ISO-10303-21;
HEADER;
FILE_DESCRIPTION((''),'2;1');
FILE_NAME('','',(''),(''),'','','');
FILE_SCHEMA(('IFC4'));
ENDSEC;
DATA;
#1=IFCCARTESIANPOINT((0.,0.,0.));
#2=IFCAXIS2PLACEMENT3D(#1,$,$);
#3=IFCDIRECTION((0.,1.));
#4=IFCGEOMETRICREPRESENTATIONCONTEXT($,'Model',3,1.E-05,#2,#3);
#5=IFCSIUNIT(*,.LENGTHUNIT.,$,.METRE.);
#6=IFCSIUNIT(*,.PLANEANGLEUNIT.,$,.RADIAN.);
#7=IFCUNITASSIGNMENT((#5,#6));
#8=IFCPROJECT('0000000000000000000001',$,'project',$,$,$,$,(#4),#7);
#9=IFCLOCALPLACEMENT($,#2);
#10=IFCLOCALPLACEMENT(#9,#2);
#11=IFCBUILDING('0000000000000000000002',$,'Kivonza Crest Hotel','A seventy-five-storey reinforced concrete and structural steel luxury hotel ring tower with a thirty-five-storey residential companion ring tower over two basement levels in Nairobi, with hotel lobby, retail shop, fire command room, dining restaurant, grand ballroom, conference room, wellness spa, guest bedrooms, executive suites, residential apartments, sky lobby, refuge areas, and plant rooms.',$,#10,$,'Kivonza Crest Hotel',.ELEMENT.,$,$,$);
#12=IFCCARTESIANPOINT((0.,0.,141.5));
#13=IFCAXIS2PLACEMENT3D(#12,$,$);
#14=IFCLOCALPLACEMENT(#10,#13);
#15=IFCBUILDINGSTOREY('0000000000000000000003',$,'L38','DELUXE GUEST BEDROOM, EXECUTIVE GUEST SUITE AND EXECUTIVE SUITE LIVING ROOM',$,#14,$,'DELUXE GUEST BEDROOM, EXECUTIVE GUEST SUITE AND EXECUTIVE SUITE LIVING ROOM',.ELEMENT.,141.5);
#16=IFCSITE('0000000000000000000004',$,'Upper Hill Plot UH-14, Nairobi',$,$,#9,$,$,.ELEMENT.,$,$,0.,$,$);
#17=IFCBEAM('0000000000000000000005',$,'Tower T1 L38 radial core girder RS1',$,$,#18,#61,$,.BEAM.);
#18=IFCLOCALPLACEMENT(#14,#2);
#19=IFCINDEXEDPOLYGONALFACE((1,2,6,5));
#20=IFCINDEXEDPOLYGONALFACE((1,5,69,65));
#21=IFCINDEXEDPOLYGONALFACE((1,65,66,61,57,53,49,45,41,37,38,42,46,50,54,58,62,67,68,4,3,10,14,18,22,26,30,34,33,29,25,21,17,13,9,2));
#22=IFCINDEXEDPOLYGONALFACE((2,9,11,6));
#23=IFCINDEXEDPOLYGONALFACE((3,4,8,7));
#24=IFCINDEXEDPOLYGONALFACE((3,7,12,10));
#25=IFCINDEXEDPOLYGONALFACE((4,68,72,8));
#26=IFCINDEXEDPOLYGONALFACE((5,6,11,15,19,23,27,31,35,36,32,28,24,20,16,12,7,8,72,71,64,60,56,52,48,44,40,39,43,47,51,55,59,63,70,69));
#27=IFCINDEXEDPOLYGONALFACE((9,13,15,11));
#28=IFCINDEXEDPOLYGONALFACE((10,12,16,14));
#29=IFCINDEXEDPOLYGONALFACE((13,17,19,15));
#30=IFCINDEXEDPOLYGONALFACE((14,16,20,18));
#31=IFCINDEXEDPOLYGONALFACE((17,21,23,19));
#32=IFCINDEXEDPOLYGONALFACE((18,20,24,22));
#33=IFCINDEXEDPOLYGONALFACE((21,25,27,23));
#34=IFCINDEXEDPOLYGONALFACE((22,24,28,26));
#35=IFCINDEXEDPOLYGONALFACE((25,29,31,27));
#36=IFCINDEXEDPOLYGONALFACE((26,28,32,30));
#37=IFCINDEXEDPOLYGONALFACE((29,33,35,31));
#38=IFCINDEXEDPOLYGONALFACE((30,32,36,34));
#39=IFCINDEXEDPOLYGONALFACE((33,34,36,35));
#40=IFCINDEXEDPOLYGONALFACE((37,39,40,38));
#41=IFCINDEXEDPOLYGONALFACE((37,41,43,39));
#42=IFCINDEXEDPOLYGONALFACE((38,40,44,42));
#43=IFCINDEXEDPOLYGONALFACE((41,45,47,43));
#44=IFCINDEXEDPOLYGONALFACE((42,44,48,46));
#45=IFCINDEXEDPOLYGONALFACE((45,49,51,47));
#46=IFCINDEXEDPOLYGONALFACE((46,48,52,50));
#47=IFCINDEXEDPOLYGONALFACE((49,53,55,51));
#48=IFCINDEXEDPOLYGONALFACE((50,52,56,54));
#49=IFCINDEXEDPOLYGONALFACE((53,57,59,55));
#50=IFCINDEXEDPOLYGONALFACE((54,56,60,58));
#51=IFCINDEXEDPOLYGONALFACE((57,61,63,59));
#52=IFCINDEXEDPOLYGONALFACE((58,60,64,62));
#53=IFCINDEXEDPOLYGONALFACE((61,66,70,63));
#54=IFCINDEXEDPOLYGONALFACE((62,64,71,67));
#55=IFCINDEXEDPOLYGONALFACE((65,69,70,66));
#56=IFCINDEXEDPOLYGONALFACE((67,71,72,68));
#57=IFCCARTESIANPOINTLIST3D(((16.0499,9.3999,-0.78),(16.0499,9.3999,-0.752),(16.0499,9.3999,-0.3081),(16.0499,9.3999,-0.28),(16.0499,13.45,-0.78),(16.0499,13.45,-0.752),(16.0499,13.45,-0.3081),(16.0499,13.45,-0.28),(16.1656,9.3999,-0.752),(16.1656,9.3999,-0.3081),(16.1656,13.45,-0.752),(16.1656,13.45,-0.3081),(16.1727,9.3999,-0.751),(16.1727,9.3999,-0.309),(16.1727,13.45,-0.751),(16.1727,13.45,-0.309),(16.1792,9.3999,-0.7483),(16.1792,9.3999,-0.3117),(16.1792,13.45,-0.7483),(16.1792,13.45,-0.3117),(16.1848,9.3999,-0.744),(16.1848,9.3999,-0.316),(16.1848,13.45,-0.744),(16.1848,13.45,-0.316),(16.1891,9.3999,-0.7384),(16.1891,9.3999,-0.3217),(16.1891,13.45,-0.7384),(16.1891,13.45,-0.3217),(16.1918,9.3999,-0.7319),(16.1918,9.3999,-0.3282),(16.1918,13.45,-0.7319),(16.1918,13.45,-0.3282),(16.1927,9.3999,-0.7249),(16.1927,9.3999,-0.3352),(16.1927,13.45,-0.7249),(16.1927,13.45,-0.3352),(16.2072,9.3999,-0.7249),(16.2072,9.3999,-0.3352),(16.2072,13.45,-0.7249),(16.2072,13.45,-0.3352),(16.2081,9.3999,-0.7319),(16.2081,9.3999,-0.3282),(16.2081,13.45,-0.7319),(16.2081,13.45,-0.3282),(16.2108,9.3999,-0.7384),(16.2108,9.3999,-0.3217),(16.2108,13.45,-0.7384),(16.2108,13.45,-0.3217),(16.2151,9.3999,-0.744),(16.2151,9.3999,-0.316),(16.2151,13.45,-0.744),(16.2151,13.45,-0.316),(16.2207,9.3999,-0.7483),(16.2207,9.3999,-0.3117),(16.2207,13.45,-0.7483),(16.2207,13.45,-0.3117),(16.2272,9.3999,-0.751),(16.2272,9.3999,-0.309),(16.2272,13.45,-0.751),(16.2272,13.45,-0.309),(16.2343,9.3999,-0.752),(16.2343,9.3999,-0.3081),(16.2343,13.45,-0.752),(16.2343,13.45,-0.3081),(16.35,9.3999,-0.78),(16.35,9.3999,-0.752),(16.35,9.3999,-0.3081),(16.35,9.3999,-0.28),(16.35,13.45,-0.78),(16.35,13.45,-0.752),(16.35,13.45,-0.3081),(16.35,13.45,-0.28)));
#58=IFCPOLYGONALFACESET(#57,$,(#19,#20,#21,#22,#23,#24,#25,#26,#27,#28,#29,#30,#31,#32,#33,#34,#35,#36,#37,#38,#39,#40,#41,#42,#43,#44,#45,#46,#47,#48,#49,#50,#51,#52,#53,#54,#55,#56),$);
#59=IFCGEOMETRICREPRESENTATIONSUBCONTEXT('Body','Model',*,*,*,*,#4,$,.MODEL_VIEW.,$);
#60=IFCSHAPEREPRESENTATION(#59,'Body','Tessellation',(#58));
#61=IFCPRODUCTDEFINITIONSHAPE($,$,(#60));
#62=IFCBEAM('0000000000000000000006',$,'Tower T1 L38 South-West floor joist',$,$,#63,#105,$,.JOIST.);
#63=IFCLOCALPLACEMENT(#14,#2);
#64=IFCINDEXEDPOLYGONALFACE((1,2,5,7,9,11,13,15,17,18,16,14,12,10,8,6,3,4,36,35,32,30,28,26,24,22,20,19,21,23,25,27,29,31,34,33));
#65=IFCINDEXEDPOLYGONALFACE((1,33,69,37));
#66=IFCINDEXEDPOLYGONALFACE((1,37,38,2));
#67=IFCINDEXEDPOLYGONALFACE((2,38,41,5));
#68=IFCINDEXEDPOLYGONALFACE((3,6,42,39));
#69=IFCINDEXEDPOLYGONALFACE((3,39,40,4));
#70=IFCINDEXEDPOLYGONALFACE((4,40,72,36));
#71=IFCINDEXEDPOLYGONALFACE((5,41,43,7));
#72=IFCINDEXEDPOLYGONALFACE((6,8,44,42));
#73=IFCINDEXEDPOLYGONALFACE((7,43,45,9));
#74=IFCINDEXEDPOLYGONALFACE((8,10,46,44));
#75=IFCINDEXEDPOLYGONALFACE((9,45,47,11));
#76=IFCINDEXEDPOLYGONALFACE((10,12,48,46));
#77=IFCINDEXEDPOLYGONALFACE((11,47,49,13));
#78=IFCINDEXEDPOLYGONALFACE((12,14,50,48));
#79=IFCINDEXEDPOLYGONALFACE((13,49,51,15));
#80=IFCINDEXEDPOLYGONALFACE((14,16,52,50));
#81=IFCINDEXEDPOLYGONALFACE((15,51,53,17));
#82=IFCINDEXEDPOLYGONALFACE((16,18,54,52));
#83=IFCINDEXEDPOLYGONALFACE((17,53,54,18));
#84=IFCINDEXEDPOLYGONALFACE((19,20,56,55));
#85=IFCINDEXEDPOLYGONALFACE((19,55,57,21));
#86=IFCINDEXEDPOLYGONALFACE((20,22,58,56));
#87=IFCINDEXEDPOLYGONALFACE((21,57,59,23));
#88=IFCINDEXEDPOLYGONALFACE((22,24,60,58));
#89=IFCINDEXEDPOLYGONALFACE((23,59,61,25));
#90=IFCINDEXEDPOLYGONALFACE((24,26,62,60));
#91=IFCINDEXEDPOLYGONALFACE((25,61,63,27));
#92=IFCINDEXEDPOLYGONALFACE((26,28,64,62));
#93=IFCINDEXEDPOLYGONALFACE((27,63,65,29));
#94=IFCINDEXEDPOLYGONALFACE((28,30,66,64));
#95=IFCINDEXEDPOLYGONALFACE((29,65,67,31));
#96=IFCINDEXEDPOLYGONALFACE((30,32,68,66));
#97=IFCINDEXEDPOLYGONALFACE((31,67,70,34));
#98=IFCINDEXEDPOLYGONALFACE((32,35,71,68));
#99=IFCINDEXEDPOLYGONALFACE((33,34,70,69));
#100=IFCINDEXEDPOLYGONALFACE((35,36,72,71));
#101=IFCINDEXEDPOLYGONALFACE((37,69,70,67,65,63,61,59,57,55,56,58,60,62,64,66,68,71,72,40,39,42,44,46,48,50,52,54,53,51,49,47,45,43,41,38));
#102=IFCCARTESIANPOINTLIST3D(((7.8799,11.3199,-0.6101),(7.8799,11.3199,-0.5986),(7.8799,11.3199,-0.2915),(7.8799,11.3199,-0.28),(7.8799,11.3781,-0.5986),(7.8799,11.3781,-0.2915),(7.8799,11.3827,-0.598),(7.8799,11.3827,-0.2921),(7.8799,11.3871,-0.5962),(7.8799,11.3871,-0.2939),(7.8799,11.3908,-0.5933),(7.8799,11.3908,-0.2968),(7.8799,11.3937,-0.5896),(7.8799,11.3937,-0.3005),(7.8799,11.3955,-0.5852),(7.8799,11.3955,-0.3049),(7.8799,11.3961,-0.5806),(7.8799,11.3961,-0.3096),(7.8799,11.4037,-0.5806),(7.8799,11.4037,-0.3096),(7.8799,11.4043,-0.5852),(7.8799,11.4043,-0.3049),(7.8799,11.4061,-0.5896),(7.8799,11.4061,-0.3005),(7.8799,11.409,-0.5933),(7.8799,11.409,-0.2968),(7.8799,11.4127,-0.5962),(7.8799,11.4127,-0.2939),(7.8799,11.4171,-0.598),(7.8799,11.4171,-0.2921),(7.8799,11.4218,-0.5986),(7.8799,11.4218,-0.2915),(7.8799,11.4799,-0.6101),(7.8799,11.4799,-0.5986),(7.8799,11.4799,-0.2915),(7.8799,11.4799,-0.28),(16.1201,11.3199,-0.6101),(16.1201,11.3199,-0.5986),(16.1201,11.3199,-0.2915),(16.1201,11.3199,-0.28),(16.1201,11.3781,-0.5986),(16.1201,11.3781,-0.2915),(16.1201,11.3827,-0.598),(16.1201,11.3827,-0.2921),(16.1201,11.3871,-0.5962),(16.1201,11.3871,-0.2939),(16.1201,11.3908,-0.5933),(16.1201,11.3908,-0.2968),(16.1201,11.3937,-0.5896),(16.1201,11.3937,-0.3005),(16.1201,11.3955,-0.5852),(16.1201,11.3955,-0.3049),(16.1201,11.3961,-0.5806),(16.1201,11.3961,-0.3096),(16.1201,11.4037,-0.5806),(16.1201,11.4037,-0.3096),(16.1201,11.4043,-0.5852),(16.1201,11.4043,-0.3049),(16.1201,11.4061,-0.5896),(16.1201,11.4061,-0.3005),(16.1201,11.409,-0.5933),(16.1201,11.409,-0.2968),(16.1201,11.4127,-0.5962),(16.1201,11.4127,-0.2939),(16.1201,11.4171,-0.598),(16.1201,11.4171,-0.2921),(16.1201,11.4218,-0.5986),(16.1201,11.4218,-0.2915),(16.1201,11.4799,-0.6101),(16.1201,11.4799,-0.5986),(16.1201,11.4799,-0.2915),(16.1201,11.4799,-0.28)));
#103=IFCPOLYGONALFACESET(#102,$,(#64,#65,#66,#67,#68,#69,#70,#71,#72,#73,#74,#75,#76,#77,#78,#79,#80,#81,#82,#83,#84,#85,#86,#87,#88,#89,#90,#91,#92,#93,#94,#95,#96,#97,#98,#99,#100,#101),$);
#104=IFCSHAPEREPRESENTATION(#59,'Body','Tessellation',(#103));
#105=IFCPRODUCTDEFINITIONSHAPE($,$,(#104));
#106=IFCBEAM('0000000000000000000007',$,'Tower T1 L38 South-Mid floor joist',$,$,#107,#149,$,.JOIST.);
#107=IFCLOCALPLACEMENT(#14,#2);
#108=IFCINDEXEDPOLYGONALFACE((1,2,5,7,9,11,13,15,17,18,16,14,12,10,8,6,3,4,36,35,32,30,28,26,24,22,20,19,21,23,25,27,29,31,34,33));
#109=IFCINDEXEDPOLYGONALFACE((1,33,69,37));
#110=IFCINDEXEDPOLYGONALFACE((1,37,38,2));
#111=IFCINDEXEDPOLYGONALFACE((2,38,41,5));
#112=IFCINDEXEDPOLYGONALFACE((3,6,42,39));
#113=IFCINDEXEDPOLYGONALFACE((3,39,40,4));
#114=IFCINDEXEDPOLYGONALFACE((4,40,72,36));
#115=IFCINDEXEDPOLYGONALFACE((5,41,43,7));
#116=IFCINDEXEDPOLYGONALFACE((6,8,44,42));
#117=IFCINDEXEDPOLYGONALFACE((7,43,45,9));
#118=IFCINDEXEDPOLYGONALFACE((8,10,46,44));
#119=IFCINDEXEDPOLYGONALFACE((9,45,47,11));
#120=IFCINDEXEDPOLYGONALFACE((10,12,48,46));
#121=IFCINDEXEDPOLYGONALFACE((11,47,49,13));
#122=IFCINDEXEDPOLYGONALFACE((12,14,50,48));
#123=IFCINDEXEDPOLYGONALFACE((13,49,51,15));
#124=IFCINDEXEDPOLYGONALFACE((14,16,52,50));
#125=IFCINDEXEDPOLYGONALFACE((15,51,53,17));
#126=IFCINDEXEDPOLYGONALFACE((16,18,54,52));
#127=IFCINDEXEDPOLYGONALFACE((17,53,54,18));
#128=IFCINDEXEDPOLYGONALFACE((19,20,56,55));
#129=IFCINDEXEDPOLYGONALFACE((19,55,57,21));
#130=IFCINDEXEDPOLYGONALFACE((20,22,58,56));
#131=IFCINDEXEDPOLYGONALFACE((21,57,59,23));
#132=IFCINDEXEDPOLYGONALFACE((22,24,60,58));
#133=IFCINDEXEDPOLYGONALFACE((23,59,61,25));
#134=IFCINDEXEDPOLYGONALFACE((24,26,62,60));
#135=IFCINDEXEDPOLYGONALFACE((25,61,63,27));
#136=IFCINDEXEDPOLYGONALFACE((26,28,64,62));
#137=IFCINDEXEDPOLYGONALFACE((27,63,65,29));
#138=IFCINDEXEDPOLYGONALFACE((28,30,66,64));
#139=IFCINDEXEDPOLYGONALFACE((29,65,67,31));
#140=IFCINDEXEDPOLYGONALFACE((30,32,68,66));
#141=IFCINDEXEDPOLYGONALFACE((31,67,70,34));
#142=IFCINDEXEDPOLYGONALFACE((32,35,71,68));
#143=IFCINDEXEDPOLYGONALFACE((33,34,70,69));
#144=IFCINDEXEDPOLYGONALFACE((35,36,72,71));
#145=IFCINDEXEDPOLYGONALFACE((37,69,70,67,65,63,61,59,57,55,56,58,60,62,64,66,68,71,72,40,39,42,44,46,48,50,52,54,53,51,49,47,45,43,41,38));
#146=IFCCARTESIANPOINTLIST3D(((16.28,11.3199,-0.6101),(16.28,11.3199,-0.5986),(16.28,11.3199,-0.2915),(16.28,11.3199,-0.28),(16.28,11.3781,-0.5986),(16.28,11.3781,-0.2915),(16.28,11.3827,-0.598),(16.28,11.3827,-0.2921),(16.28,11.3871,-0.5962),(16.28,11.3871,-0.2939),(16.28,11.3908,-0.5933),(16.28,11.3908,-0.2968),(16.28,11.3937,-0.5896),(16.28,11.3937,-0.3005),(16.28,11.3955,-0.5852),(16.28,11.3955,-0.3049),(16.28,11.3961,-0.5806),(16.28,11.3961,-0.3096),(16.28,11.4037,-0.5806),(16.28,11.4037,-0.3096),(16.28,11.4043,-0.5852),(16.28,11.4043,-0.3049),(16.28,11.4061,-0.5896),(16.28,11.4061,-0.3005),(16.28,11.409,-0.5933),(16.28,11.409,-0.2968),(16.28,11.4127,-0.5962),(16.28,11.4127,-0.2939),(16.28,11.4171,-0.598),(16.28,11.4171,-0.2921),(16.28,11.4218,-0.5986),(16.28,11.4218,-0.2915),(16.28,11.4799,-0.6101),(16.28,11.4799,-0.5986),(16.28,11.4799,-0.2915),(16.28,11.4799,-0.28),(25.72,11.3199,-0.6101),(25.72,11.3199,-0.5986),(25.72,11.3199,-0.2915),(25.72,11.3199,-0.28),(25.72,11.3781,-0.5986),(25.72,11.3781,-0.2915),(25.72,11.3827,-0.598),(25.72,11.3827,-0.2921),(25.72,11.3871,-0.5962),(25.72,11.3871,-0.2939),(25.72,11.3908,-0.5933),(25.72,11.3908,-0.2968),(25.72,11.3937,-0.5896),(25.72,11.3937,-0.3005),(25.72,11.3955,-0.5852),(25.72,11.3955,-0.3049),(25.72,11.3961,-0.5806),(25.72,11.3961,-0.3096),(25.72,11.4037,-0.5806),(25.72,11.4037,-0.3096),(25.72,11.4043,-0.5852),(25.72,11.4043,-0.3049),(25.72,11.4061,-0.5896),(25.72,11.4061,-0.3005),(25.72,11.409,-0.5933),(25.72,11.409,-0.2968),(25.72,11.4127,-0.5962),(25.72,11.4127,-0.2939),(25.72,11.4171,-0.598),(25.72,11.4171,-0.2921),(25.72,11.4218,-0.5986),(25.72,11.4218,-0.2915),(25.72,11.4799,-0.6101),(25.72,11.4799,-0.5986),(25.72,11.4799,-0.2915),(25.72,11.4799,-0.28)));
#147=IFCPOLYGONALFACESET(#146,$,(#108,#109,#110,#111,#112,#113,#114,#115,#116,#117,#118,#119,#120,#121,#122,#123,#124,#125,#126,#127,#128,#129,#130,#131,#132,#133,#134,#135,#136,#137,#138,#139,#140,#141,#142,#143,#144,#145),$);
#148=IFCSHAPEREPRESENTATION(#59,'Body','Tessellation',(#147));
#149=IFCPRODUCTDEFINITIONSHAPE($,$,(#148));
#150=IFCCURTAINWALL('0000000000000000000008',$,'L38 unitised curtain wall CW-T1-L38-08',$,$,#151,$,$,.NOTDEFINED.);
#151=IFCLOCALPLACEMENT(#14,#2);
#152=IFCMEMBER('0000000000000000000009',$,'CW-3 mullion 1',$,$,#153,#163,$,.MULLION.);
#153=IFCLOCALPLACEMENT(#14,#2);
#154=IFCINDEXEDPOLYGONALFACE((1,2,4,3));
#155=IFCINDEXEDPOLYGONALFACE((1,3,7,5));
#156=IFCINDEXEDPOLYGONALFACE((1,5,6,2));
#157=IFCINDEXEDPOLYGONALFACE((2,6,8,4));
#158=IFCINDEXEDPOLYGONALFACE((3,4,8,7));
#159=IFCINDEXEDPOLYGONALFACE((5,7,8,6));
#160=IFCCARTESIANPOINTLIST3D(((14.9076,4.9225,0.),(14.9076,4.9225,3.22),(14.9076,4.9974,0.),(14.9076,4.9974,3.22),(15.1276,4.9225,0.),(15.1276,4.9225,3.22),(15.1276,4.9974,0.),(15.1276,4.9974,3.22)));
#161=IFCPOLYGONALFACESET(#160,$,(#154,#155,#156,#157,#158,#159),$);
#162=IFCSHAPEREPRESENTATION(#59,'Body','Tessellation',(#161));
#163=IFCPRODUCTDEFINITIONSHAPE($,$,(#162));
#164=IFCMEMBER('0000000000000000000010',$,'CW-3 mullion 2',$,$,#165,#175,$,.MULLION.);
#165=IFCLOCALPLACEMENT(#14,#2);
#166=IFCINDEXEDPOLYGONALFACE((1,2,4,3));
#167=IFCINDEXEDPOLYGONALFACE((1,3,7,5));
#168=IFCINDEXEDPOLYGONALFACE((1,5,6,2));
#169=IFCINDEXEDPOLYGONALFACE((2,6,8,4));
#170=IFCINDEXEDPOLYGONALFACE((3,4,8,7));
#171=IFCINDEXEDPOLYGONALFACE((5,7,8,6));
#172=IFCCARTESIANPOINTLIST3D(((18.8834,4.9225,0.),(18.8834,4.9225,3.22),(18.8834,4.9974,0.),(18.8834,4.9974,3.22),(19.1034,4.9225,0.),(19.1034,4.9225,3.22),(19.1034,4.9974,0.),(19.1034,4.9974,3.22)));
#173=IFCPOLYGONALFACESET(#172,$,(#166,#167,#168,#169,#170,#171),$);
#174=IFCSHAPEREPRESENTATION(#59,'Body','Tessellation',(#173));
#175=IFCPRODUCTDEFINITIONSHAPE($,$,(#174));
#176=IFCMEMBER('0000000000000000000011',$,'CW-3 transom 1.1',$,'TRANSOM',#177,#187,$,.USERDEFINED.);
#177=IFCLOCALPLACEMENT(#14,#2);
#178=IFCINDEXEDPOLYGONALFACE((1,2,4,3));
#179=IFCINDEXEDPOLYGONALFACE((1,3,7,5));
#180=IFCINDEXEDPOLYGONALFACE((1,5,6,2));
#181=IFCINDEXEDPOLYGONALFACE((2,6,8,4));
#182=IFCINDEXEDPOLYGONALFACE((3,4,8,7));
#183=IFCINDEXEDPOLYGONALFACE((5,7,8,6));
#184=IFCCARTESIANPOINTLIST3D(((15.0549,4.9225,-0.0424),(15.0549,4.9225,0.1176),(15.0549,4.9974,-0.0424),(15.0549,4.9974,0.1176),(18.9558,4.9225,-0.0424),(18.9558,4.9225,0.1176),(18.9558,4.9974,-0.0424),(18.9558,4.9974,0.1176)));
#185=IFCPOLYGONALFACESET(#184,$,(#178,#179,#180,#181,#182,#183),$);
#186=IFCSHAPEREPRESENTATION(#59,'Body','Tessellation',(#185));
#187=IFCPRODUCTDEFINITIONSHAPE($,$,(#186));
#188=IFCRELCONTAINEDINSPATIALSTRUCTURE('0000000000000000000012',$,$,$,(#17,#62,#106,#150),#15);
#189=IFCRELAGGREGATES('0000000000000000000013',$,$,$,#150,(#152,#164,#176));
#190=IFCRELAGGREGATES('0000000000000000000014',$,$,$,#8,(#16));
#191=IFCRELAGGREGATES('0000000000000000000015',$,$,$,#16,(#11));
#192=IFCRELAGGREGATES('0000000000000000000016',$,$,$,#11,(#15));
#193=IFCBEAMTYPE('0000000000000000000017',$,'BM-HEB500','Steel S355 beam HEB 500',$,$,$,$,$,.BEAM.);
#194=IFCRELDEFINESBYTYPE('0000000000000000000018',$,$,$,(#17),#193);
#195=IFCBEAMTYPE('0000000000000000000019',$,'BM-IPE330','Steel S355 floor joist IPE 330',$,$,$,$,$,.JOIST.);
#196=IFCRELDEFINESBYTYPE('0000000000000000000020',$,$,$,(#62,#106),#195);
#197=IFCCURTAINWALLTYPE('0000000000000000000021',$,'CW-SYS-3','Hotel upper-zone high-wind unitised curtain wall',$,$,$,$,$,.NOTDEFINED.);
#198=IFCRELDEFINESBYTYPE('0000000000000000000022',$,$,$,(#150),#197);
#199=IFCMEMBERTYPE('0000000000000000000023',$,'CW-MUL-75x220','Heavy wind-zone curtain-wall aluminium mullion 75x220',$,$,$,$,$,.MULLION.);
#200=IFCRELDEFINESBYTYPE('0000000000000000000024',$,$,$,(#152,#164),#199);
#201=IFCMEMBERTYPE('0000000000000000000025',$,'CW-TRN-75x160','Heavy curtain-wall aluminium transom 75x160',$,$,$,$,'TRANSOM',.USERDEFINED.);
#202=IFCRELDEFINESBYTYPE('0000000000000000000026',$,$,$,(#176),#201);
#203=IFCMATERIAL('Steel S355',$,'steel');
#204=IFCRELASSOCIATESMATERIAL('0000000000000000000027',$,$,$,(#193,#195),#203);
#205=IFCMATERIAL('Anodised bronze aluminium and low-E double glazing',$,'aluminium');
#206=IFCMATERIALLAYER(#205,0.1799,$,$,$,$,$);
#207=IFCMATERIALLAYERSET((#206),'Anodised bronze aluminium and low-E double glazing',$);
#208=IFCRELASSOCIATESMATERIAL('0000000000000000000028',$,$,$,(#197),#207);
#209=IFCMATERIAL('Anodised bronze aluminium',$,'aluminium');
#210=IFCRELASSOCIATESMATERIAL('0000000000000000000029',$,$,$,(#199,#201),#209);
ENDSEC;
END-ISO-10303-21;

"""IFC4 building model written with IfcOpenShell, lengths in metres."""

from ifc_helpers import new_model, si_unit, direction, frame, origin, origin_2d, place, context, subcontext, project, spatial, rectangle, i_section, extrude, material, layer, layer_set, material_profile, profile_set, type_object, element, aggregate, save


model = new_model("IFC4")

# Units and contexts
model_context = context("Model", 3, precision=1e-05, world=origin(), true_north=direction((0.0, 1.0)))
body_context = subcontext(model_context, "Body", "Model", "MODEL_VIEW")
ifc_project = project(units=[si_unit("LENGTHUNIT", "METRE"), si_unit("PLANEANGLEUNIT", "RADIAN")], contexts=[model_context])

# Site, building, storey
site_placement = place(None, origin())
site = spatial("IfcSite", under=ifc_project, at=site_placement, Name="Upper Hill Plot UH-14, Nairobi", CompositionType="ELEMENT", RefElevation=0.0)
building_placement = place(site_placement, origin())
building = spatial("IfcBuilding", under=site, at=building_placement, Name="Kivonza Crest Hotel", Description="A seventy-five-storey reinforced concrete and structural steel luxury hotel ring tower with a thirty-five-storey residential companion ring tower over two basement levels in Nairobi, with hotel lobby, retail shop, fire command room, dining restaurant, grand ballroom, conference room, wellness spa, guest bedrooms, executive suites, residential apartments, sky lobby, refuge areas, and plant rooms.", LongName="Kivonza Crest Hotel", CompositionType="ELEMENT")
storey_placement = place(building_placement, frame((0.0, 0.0, 141.5)))
storey = spatial("IfcBuildingStorey", under=building, at=storey_placement, Name="L38", Description="DELUXE GUEST BEDROOM, EXECUTIVE GUEST SUITE AND EXECUTIVE SUITE LIVING ROOM", LongName="DELUXE GUEST BEDROOM, EXECUTIVE GUEST SUITE AND EXECUTIVE SUITE LIVING ROOM", CompositionType="ELEMENT", Elevation=141.5)

# Beams
ifc_material_1 = material(Name="Steel S355", Category="steel")
ifc_material_profile_1 = material_profile(ifc_material_1, i_section(OverallWidth=0.3, OverallDepth=0.5, WebThickness=0.0144, FlangeThickness=0.0281, FilletRadius=0.0271, at=origin_2d()), Name="HEB 500")
ifc_profile_set_1 = profile_set([ifc_material_profile_1], Name="Steel S355")
beam_type_1 = type_object("IfcBeamType", Name="BM-HEB500", Description="Steel S355 beam HEB 500", PredefinedType="BEAM", material=ifc_profile_set_1)
beam_1_placement = place(storey_placement, frame((16.2, 9.3999, -0.53), z_axis=(0.0, 1.0, 0.0), x_axis=(-1.0, 0.0, 0.0)))
element("IfcBeam", 1, at=beam_1_placement, inside=storey, type_object=beam_type_1, Name="Tower T1 L38 radial core girder RS1", PredefinedType="BEAM", context=body_context, shape_type="SweptSolid", body=[
    extrude(i_section(OverallWidth=0.3, OverallDepth=0.5, WebThickness=0.0144, FlangeThickness=0.0281, FilletRadius=0.0271, at=origin_2d()), origin(), (0.0, 0.0, 1.0), 4.05),
])
ifc_material_profile_2 = material_profile(ifc_material_1, i_section(OverallWidth=0.1599, OverallDepth=0.3301, WebThickness=0.0076, FlangeThickness=0.0115, FilletRadius=0.0181, at=origin_2d()), Name="IPE 330")
ifc_profile_set_2 = profile_set([ifc_material_profile_2], Name="Steel S355")
beam_type_2 = type_object("IfcBeamType", Name="BM-IPE330", Description="Steel S355 floor joist IPE 330", PredefinedType="JOIST", material=ifc_profile_set_2)
beam_2_placement = place(storey_placement, frame((7.8799, 11.3999, -0.4451), z_axis=(1.0, 0.0, 0.0), x_axis=(0.0, 1.0, 0.0)))
element("IfcBeam", 2, at=beam_2_placement, inside=storey, type_object=beam_type_2, Name="Tower T1 L38 South-West floor joist", PredefinedType="JOIST", context=body_context, shape_type="SweptSolid", body=[
    extrude(i_section(OverallWidth=0.1599, OverallDepth=0.3301, WebThickness=0.0076, FlangeThickness=0.0115, FilletRadius=0.0181, at=origin_2d()), origin(), (0.0, 0.0, 1.0), 8.2402),
])
beam_3_placement = place(storey_placement, frame((16.28, 11.3999, -0.4451), z_axis=(1.0, 0.0, 0.0), x_axis=(0.0, 1.0, 0.0)))
element("IfcBeam", 3, at=beam_3_placement, inside=storey, type_object=beam_type_2, Name="Tower T1 L38 South-Mid floor joist", PredefinedType="JOIST", context=body_context, shape_type="SweptSolid", body=[
    extrude(i_section(OverallWidth=0.1599, OverallDepth=0.3301, WebThickness=0.0076, FlangeThickness=0.0115, FilletRadius=0.0181, at=origin_2d()), origin(), (0.0, 0.0, 1.0), 9.4399),
])

# Curtain wall, members
ifc_material_2 = material(Name="Anodised bronze aluminium and low-E double glazing", Category="aluminium")
ifc_layer_1 = layer(ifc_material_2, 0.1799)
ifc_layer_set_1 = layer_set([ifc_layer_1], Name="Anodised bronze aluminium and low-E double glazing")
curtain_wall_type = type_object("IfcCurtainWallType", Name="CW-SYS-3", Description="Hotel upper-zone high-wind unitised curtain wall", PredefinedType="NOTDEFINED", material=ifc_layer_set_1)
curtain_wall_placement = place(storey_placement, origin())
curtain_wall = element("IfcCurtainWall", 4, at=curtain_wall_placement, inside=storey, type_object=curtain_wall_type, Name="L38 unitised curtain wall CW-T1-L38-08", PredefinedType="NOTDEFINED")
ifc_material_3 = material(Name="Anodised bronze aluminium", Category="aluminium")
ifc_material_profile_3 = material_profile(ifc_material_3, rectangle(XDim=0.075, YDim=0.22, at=origin_2d()), Name="CW-M 75x220")
ifc_profile_set_3 = profile_set([ifc_material_profile_3], Name="Anodised bronze aluminium")
member_type_1 = type_object("IfcMemberType", Name="CW-MUL-75x220", Description="Heavy wind-zone curtain-wall aluminium mullion 75x220", PredefinedType="MULLION", material=ifc_profile_set_3)
member_1_placement = place(storey_placement, frame((15.0176, 4.96, 0.0), z_axis=(0.0, 0.0, 1.0), x_axis=(0.0, 1.0, 0.0)))
member_1 = element("IfcMember", 5, at=member_1_placement, type_object=member_type_1, Name="CW-3 mullion 1", PredefinedType="MULLION", context=body_context, shape_type="SweptSolid", body=[
    extrude(rectangle(XDim=0.075, YDim=0.22, at=origin_2d()), origin(), (0.0, 0.0, 1.0), 3.22),
])
member_2_placement = place(storey_placement, frame((18.9934, 4.96, 0.0), z_axis=(0.0, 0.0, 1.0), x_axis=(0.0, 1.0, 0.0)))
member_2 = element("IfcMember", 6, at=member_2_placement, type_object=member_type_1, Name="CW-3 mullion 2", PredefinedType="MULLION", context=body_context, shape_type="SweptSolid", body=[
    extrude(rectangle(XDim=0.075, YDim=0.22, at=origin_2d()), origin(), (0.0, 0.0, 1.0), 3.22),
])
ifc_material_profile_4 = material_profile(ifc_material_3, rectangle(XDim=0.075, YDim=0.1599, at=origin_2d()), Name="CW-T 75x160")
ifc_profile_set_4 = profile_set([ifc_material_profile_4], Name="Anodised bronze aluminium")
member_type_2 = type_object("IfcMemberType", Name="CW-TRN-75x160", Description="Heavy curtain-wall aluminium transom 75x160", ElementType="TRANSOM", PredefinedType="USERDEFINED", material=ifc_profile_set_4)
member_3_placement = place(storey_placement, frame((15.0549, 4.96, 0.0376), z_axis=(1.0, 0.0, 0.0), x_axis=(0.0, 1.0, 0.0)))
member_3 = element("IfcMember", 7, at=member_3_placement, type_object=member_type_2, Name="CW-3 transom 1.1", ObjectType="TRANSOM", PredefinedType="USERDEFINED", context=body_context, shape_type="SweptSolid", body=[
    extrude(rectangle(XDim=0.075, YDim=0.1599, at=origin_2d()), origin(), (0.0, 0.0, 1.0), 3.9009),
])
aggregate(curtain_wall, [member_1, member_2, member_3])

save(model, "model.ifc")
